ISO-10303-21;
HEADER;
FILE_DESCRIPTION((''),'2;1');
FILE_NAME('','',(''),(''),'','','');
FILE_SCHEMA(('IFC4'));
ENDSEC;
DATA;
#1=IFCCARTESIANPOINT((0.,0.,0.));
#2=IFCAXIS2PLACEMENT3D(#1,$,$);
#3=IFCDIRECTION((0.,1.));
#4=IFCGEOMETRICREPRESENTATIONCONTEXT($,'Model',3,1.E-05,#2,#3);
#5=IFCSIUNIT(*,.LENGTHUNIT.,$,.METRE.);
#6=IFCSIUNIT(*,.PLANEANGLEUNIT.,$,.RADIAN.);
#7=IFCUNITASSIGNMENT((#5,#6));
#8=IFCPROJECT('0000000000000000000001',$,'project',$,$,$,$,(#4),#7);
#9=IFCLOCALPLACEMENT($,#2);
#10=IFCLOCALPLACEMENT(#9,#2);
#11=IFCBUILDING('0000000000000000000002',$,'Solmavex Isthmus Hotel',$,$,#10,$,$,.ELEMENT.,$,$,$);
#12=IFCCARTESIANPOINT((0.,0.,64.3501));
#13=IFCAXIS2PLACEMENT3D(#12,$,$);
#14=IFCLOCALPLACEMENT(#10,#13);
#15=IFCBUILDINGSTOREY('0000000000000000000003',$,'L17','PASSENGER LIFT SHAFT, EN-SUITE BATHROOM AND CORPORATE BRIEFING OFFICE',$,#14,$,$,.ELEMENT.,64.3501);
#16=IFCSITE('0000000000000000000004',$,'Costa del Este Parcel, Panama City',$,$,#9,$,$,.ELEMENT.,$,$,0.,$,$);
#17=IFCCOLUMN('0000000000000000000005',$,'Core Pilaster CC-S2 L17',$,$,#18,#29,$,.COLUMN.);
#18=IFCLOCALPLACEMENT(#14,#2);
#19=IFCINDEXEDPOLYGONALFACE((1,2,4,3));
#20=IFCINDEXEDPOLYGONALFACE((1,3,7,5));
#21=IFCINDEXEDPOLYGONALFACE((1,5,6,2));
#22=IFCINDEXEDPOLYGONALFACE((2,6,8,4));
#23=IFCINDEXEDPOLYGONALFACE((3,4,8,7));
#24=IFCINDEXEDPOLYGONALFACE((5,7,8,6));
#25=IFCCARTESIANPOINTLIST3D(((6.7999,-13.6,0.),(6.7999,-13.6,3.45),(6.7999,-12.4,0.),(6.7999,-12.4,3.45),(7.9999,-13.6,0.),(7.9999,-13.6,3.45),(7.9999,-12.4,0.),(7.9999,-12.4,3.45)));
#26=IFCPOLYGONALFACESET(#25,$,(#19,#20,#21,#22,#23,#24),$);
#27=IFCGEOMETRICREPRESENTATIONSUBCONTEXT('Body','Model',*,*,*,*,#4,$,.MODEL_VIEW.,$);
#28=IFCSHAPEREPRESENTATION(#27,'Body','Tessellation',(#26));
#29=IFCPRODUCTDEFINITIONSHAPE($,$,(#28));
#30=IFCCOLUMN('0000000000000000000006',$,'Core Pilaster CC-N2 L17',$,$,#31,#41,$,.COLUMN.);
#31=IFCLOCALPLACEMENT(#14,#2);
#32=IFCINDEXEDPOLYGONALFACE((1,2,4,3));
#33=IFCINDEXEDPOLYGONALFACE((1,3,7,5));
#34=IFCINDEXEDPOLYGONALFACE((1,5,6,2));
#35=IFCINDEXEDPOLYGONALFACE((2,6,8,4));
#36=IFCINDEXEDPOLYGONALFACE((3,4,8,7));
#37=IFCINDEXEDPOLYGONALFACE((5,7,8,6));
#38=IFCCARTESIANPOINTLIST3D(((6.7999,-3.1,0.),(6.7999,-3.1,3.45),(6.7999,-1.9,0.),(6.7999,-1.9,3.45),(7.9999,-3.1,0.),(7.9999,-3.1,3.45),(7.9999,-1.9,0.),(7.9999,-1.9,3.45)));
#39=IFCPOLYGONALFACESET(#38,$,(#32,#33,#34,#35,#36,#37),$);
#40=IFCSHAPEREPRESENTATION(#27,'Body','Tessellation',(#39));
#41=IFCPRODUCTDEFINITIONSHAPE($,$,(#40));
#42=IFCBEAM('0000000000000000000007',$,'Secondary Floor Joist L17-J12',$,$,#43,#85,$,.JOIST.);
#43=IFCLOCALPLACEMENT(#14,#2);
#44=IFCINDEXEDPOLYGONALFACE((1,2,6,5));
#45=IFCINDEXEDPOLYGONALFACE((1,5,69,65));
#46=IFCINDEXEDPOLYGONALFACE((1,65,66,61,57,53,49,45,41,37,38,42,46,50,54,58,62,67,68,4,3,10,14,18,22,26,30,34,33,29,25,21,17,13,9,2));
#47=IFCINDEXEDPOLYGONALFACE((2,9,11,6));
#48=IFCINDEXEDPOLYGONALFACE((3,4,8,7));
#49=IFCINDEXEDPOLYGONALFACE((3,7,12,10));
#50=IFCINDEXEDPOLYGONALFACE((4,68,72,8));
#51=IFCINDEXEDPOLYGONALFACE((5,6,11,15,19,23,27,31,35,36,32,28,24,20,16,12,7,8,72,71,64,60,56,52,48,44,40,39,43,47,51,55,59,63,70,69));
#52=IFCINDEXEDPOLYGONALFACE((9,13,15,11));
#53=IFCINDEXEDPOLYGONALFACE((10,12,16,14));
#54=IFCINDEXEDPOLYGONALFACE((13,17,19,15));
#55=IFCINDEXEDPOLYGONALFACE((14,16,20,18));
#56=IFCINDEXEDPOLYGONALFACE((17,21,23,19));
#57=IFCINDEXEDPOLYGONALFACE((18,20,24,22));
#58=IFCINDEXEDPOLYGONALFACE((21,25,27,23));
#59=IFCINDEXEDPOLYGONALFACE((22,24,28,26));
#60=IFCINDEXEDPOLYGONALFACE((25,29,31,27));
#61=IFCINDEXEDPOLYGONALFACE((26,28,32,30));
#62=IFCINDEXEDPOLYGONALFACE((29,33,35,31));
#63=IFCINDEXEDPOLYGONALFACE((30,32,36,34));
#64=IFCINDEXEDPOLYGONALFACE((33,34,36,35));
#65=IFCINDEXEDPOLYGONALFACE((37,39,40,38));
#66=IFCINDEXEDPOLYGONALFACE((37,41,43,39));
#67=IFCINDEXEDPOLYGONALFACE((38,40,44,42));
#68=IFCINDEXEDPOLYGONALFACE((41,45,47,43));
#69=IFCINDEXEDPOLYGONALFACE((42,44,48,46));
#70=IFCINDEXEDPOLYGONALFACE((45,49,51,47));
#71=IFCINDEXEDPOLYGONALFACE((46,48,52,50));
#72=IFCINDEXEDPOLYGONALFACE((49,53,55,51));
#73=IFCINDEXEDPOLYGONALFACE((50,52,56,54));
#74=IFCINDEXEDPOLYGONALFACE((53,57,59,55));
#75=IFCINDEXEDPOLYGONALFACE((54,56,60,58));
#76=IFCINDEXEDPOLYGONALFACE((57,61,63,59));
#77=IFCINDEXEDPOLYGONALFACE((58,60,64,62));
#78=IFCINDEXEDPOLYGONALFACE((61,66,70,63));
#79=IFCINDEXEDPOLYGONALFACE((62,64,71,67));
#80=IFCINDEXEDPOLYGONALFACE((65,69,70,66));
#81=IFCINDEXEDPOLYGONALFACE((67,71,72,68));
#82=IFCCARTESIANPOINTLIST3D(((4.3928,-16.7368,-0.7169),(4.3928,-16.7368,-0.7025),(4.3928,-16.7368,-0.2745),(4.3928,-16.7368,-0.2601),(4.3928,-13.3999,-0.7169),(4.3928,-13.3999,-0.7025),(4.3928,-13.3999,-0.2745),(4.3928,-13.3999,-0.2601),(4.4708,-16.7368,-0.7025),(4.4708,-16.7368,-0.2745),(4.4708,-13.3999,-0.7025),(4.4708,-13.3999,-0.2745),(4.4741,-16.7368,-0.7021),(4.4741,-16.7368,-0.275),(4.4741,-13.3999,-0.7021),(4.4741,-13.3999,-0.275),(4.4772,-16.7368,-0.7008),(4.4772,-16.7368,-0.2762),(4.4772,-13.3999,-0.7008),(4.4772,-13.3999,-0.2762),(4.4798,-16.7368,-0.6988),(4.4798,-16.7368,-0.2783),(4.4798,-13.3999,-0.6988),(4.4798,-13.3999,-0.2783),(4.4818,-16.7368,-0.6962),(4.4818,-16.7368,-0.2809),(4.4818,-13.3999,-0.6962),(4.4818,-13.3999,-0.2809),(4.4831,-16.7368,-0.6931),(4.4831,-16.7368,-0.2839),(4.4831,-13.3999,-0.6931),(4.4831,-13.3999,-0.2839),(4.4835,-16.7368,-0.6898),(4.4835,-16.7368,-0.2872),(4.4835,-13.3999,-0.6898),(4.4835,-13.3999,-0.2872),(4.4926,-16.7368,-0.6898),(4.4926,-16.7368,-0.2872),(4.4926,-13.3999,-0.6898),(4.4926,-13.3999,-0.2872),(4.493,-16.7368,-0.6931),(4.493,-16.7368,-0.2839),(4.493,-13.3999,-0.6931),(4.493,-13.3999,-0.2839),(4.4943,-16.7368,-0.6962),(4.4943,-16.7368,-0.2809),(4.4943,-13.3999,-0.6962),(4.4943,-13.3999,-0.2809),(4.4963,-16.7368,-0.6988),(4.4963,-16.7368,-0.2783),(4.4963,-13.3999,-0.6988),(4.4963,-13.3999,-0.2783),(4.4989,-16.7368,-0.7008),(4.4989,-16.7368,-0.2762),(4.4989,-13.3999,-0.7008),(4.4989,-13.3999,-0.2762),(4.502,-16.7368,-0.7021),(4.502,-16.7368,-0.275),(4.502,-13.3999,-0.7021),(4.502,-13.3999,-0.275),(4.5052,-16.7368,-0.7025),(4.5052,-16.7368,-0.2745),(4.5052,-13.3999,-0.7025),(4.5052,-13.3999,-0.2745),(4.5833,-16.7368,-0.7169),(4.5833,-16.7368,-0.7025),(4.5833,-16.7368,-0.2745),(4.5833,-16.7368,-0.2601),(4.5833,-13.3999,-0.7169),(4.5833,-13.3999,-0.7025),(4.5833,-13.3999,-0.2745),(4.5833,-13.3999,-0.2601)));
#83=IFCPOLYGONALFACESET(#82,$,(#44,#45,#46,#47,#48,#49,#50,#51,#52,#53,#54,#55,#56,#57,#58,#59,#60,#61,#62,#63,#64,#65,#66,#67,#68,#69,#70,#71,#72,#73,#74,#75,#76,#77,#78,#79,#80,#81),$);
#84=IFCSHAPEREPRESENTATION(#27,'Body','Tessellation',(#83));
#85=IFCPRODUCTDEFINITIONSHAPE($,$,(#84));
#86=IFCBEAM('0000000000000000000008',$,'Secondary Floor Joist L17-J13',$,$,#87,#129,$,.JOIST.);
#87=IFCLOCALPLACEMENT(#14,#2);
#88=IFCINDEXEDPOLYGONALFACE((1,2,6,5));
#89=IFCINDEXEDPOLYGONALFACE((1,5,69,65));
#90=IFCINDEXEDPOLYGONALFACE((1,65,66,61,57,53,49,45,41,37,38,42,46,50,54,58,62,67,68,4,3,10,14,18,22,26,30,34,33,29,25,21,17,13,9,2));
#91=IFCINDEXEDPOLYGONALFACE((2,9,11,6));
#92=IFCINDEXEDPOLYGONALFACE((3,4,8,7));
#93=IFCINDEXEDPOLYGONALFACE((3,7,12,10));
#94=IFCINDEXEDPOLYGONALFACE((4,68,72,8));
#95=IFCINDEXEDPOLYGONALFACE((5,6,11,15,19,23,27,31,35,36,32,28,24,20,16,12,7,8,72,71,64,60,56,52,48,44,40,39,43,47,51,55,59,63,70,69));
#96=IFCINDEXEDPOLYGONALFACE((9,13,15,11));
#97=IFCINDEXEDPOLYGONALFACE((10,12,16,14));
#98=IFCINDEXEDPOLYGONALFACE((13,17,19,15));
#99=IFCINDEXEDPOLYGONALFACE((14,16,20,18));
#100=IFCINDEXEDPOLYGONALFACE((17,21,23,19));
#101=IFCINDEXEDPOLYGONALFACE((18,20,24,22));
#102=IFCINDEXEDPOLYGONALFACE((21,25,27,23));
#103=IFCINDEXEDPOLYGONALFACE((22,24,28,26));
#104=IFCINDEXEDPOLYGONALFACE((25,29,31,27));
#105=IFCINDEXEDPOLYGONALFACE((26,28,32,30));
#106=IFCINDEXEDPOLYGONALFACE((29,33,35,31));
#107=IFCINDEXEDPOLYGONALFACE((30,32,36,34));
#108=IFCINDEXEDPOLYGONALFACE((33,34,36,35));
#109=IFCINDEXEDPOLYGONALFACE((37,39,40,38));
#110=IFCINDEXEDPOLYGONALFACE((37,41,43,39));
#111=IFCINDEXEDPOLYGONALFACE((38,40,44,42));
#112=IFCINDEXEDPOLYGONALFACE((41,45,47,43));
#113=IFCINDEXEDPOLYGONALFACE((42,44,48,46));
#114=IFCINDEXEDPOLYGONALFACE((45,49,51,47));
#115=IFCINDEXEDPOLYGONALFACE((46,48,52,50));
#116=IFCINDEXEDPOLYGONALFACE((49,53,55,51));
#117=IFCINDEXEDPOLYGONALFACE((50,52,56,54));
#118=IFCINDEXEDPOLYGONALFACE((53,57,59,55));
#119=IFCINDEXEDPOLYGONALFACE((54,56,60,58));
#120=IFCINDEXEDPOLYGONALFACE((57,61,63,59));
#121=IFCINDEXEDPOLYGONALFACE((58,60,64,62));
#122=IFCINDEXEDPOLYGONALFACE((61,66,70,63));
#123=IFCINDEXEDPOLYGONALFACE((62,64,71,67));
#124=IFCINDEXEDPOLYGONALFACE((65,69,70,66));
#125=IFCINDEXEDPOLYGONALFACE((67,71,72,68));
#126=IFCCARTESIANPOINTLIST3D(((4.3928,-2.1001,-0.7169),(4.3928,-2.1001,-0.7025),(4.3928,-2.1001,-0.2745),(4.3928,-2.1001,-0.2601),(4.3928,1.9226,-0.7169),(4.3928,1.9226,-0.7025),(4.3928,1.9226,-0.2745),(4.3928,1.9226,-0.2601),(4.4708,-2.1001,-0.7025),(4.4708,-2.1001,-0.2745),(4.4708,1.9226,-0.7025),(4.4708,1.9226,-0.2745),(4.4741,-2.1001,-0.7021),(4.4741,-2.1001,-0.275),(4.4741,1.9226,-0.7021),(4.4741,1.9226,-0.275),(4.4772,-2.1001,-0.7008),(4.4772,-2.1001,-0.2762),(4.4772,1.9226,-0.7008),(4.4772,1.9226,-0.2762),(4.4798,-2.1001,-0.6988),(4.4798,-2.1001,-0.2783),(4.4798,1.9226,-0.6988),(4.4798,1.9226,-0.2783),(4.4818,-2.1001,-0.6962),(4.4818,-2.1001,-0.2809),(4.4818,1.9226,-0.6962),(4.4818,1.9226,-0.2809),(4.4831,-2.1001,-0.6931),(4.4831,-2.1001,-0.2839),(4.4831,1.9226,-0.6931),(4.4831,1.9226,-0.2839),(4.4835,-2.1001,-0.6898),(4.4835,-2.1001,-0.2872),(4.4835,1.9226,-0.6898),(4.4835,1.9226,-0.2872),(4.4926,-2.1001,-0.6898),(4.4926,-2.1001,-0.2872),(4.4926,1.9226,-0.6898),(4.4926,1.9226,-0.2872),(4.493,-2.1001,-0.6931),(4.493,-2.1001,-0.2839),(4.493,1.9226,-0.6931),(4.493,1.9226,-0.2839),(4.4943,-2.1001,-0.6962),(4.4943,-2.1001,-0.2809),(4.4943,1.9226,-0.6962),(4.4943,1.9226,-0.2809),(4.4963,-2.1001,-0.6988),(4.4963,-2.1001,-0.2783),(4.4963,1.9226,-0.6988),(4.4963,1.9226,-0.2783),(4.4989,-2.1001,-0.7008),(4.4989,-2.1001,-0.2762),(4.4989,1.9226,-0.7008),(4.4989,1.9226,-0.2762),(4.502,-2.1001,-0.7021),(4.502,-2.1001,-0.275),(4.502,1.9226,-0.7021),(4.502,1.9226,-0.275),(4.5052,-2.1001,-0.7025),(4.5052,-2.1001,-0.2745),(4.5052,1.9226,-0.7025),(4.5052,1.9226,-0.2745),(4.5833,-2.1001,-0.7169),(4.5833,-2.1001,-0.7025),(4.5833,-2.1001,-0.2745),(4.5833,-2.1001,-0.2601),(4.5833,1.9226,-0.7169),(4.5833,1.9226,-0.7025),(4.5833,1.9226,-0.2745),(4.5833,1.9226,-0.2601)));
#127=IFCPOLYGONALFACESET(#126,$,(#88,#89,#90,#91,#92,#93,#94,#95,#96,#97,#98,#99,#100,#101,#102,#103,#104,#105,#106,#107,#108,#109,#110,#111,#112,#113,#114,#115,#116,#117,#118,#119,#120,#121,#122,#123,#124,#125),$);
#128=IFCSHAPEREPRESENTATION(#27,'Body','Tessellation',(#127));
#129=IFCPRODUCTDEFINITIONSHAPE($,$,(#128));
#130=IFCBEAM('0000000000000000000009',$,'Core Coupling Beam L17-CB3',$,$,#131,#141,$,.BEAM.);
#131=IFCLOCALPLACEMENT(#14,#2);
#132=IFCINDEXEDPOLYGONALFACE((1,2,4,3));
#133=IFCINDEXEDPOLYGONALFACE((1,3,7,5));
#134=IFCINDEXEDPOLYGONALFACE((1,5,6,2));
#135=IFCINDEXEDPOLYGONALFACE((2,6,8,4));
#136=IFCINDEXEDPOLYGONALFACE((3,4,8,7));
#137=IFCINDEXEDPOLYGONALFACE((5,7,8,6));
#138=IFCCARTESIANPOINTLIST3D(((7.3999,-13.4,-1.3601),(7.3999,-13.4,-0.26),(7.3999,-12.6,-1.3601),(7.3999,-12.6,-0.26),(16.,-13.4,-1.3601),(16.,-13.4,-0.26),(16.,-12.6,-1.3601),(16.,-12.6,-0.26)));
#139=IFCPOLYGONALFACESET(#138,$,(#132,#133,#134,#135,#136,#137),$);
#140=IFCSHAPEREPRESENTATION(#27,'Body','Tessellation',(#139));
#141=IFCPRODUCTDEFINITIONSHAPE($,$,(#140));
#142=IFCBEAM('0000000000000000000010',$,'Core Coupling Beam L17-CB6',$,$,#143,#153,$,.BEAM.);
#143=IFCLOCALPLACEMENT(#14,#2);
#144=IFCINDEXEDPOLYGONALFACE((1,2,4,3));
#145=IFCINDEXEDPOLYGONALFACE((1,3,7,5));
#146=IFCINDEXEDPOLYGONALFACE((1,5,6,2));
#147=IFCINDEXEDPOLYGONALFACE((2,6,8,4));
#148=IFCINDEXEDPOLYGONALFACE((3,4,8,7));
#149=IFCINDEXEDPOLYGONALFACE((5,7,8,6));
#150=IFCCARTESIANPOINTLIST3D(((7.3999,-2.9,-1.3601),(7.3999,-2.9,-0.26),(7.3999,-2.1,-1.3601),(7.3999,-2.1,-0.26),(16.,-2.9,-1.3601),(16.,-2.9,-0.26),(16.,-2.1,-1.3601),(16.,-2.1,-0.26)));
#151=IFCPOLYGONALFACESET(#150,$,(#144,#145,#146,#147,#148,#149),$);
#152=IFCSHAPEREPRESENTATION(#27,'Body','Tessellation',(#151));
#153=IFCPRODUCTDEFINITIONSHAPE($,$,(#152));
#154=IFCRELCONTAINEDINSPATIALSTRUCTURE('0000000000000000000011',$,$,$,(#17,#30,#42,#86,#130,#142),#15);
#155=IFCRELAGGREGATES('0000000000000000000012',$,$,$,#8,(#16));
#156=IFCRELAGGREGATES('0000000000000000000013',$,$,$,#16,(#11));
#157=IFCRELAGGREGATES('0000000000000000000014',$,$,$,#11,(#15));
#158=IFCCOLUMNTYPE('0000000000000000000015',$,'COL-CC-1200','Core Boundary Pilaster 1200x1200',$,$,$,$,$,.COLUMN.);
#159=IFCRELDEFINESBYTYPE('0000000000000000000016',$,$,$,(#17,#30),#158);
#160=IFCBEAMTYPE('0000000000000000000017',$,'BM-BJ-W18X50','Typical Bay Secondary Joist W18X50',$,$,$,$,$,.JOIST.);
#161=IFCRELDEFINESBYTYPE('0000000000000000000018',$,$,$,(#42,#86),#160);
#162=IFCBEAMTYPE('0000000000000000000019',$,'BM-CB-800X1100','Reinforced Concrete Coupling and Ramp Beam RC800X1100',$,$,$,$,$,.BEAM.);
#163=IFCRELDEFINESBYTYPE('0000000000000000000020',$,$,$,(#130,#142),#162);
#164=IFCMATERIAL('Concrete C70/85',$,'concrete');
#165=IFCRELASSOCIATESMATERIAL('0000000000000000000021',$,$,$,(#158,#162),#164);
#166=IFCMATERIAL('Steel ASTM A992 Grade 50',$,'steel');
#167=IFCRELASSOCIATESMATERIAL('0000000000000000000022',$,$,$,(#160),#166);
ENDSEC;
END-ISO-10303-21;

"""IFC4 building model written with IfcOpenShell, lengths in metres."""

from ifc_helpers import new_model, si_unit, direction, frame, origin, origin_2d, place, context, subcontext, project, spatial, rectangle, i_section, extrude, material, material_profile, profile_set, type_object, element, save


model = new_model("IFC4")

# Units and contexts
model_context = context("Model", 3, precision=1e-05, world=origin(), true_north=direction((0.0, 1.0)))
body_context = subcontext(model_context, "Body", "Model", "MODEL_VIEW")
ifc_project = project(units=[si_unit("LENGTHUNIT", "METRE"), si_unit("PLANEANGLEUNIT", "RADIAN")], contexts=[model_context])

# Site, building, storey
site_placement = place(None, origin())
site = spatial("IfcSite", under=ifc_project, at=site_placement, Name="Costa del Este Parcel, Panama City", CompositionType="ELEMENT", RefElevation=0.0)
building_placement = place(site_placement, origin())
building = spatial("IfcBuilding", under=site, at=building_placement, Name="Solmavex Isthmus Hotel", CompositionType="ELEMENT")
storey_placement = place(building_placement, frame((0.0, 0.0, 64.3501)))
storey = spatial("IfcBuildingStorey", under=building, at=storey_placement, Name="L17", Description="PASSENGER LIFT SHAFT, EN-SUITE BATHROOM AND CORPORATE BRIEFING OFFICE", CompositionType="ELEMENT", Elevation=64.3501)

# Columns
ifc_material_1 = material(Name="Concrete C70/85", Category="concrete")
ifc_material_profile_1 = material_profile(ifc_material_1, rectangle(XDim=1.2, YDim=1.2, at=origin_2d()), Name="RC1200X1200")
ifc_profile_set_1 = profile_set([ifc_material_profile_1], Name="Concrete C70/85")
column_type = type_object("IfcColumnType", Name="COL-CC-1200", Description="Core Boundary Pilaster 1200x1200", PredefinedType="COLUMN", material=ifc_profile_set_1)
for number, where, z_axis, x_axis, name in (
    (1, (7.3999, -13.0, 0.0), (0.0, 0.0, 1.0), (1.0, 0.0, 0.0), "Core Pilaster CC-S2 L17"),
    (2, (7.3999, -2.5, 0.0), (0.0, 0.0, 1.0), (1.0, 0.0, 0.0), "Core Pilaster CC-N2 L17"),
):
    element("IfcColumn", number, at=place(storey_placement, frame(where, z_axis=z_axis, x_axis=x_axis)), inside=storey, type_object=column_type, Name=name, PredefinedType="COLUMN", context=body_context, shape_type="SweptSolid", body=[
        extrude(rectangle(XDim=1.2, YDim=1.2, at=origin_2d()), origin(), (0.0, 0.0, 1.0), 3.45),
    ])

# Beams
ifc_material_2 = material(Name="Steel ASTM A992 Grade 50", Category="steel")
ifc_material_profile_2 = material_profile(ifc_material_2, i_section(OverallWidth=0.1904, OverallDepth=0.4568, WebThickness=0.009, FlangeThickness=0.0144, FilletRadius=0.0127, at=origin_2d()), Name="W18X50")
ifc_profile_set_2 = profile_set([ifc_material_profile_2], Name="Steel ASTM A992 Grade 50")
beam_type_1 = type_object("IfcBeamType", Name="BM-BJ-W18X50", Description="Typical Bay Secondary Joist W18X50", PredefinedType="JOIST", material=ifc_profile_set_2)
beam_1_placement = place(storey_placement, frame((4.488, -16.7368, -0.4885), z_axis=(0.0, 1.0, 0.0), x_axis=(-1.0, 0.0, 0.0)))
element("IfcBeam", 3, at=beam_1_placement, inside=storey, type_object=beam_type_1, Name="Secondary Floor Joist L17-J12", PredefinedType="JOIST", context=body_context, shape_type="SweptSolid", body=[
    extrude(i_section(OverallWidth=0.1904, OverallDepth=0.4568, WebThickness=0.009, FlangeThickness=0.0144, FilletRadius=0.0127, at=origin_2d()), origin(), (0.0, 0.0, 1.0), 3.3369),
])
beam_2_placement = place(storey_placement, frame((4.488, -2.1001, -0.4885), z_axis=(0.0, 1.0, 0.0), x_axis=(-1.0, 0.0, 0.0)))
element("IfcBeam", 4, at=beam_2_placement, inside=storey, type_object=beam_type_1, Name="Secondary Floor Joist L17-J13", PredefinedType="JOIST", context=body_context, shape_type="SweptSolid", body=[
    extrude(i_section(OverallWidth=0.1904, OverallDepth=0.4568, WebThickness=0.009, FlangeThickness=0.0144, FilletRadius=0.0127, at=origin_2d()), origin(), (0.0, 0.0, 1.0), 4.0227),
])
ifc_material_profile_3 = material_profile(ifc_material_1, rectangle(XDim=0.8, YDim=1.1001, at=origin_2d()), Name="RC800X1100")
ifc_profile_set_3 = profile_set([ifc_material_profile_3], Name="Concrete C70/85")
beam_type_2 = type_object("IfcBeamType", Name="BM-CB-800X1100", Description="Reinforced Concrete Coupling and Ramp Beam RC800X1100", PredefinedType="BEAM", material=ifc_profile_set_3)
for number, where, z_axis, x_axis, name in (
    (5, (7.3999, -13.0, -0.8101), (1.0, 0.0, 0.0), (0.0, 1.0, 0.0), "Core Coupling Beam L17-CB3"),
    (6, (7.3999, -2.5, -0.8101), (1.0, 0.0, 0.0), (0.0, 1.0, 0.0), "Core Coupling Beam L17-CB6"),
):
    element("IfcBeam", number, at=place(storey_placement, frame(where, z_axis=z_axis, x_axis=x_axis)), inside=storey, type_object=beam_type_2, Name=name, PredefinedType="BEAM", context=body_context, shape_type="SweptSolid", body=[
        extrude(rectangle(XDim=0.8, YDim=1.1001, at=origin_2d()), origin(), (0.0, 0.0, 1.0), 8.6001),
    ])

save(model, "model.ifc")
